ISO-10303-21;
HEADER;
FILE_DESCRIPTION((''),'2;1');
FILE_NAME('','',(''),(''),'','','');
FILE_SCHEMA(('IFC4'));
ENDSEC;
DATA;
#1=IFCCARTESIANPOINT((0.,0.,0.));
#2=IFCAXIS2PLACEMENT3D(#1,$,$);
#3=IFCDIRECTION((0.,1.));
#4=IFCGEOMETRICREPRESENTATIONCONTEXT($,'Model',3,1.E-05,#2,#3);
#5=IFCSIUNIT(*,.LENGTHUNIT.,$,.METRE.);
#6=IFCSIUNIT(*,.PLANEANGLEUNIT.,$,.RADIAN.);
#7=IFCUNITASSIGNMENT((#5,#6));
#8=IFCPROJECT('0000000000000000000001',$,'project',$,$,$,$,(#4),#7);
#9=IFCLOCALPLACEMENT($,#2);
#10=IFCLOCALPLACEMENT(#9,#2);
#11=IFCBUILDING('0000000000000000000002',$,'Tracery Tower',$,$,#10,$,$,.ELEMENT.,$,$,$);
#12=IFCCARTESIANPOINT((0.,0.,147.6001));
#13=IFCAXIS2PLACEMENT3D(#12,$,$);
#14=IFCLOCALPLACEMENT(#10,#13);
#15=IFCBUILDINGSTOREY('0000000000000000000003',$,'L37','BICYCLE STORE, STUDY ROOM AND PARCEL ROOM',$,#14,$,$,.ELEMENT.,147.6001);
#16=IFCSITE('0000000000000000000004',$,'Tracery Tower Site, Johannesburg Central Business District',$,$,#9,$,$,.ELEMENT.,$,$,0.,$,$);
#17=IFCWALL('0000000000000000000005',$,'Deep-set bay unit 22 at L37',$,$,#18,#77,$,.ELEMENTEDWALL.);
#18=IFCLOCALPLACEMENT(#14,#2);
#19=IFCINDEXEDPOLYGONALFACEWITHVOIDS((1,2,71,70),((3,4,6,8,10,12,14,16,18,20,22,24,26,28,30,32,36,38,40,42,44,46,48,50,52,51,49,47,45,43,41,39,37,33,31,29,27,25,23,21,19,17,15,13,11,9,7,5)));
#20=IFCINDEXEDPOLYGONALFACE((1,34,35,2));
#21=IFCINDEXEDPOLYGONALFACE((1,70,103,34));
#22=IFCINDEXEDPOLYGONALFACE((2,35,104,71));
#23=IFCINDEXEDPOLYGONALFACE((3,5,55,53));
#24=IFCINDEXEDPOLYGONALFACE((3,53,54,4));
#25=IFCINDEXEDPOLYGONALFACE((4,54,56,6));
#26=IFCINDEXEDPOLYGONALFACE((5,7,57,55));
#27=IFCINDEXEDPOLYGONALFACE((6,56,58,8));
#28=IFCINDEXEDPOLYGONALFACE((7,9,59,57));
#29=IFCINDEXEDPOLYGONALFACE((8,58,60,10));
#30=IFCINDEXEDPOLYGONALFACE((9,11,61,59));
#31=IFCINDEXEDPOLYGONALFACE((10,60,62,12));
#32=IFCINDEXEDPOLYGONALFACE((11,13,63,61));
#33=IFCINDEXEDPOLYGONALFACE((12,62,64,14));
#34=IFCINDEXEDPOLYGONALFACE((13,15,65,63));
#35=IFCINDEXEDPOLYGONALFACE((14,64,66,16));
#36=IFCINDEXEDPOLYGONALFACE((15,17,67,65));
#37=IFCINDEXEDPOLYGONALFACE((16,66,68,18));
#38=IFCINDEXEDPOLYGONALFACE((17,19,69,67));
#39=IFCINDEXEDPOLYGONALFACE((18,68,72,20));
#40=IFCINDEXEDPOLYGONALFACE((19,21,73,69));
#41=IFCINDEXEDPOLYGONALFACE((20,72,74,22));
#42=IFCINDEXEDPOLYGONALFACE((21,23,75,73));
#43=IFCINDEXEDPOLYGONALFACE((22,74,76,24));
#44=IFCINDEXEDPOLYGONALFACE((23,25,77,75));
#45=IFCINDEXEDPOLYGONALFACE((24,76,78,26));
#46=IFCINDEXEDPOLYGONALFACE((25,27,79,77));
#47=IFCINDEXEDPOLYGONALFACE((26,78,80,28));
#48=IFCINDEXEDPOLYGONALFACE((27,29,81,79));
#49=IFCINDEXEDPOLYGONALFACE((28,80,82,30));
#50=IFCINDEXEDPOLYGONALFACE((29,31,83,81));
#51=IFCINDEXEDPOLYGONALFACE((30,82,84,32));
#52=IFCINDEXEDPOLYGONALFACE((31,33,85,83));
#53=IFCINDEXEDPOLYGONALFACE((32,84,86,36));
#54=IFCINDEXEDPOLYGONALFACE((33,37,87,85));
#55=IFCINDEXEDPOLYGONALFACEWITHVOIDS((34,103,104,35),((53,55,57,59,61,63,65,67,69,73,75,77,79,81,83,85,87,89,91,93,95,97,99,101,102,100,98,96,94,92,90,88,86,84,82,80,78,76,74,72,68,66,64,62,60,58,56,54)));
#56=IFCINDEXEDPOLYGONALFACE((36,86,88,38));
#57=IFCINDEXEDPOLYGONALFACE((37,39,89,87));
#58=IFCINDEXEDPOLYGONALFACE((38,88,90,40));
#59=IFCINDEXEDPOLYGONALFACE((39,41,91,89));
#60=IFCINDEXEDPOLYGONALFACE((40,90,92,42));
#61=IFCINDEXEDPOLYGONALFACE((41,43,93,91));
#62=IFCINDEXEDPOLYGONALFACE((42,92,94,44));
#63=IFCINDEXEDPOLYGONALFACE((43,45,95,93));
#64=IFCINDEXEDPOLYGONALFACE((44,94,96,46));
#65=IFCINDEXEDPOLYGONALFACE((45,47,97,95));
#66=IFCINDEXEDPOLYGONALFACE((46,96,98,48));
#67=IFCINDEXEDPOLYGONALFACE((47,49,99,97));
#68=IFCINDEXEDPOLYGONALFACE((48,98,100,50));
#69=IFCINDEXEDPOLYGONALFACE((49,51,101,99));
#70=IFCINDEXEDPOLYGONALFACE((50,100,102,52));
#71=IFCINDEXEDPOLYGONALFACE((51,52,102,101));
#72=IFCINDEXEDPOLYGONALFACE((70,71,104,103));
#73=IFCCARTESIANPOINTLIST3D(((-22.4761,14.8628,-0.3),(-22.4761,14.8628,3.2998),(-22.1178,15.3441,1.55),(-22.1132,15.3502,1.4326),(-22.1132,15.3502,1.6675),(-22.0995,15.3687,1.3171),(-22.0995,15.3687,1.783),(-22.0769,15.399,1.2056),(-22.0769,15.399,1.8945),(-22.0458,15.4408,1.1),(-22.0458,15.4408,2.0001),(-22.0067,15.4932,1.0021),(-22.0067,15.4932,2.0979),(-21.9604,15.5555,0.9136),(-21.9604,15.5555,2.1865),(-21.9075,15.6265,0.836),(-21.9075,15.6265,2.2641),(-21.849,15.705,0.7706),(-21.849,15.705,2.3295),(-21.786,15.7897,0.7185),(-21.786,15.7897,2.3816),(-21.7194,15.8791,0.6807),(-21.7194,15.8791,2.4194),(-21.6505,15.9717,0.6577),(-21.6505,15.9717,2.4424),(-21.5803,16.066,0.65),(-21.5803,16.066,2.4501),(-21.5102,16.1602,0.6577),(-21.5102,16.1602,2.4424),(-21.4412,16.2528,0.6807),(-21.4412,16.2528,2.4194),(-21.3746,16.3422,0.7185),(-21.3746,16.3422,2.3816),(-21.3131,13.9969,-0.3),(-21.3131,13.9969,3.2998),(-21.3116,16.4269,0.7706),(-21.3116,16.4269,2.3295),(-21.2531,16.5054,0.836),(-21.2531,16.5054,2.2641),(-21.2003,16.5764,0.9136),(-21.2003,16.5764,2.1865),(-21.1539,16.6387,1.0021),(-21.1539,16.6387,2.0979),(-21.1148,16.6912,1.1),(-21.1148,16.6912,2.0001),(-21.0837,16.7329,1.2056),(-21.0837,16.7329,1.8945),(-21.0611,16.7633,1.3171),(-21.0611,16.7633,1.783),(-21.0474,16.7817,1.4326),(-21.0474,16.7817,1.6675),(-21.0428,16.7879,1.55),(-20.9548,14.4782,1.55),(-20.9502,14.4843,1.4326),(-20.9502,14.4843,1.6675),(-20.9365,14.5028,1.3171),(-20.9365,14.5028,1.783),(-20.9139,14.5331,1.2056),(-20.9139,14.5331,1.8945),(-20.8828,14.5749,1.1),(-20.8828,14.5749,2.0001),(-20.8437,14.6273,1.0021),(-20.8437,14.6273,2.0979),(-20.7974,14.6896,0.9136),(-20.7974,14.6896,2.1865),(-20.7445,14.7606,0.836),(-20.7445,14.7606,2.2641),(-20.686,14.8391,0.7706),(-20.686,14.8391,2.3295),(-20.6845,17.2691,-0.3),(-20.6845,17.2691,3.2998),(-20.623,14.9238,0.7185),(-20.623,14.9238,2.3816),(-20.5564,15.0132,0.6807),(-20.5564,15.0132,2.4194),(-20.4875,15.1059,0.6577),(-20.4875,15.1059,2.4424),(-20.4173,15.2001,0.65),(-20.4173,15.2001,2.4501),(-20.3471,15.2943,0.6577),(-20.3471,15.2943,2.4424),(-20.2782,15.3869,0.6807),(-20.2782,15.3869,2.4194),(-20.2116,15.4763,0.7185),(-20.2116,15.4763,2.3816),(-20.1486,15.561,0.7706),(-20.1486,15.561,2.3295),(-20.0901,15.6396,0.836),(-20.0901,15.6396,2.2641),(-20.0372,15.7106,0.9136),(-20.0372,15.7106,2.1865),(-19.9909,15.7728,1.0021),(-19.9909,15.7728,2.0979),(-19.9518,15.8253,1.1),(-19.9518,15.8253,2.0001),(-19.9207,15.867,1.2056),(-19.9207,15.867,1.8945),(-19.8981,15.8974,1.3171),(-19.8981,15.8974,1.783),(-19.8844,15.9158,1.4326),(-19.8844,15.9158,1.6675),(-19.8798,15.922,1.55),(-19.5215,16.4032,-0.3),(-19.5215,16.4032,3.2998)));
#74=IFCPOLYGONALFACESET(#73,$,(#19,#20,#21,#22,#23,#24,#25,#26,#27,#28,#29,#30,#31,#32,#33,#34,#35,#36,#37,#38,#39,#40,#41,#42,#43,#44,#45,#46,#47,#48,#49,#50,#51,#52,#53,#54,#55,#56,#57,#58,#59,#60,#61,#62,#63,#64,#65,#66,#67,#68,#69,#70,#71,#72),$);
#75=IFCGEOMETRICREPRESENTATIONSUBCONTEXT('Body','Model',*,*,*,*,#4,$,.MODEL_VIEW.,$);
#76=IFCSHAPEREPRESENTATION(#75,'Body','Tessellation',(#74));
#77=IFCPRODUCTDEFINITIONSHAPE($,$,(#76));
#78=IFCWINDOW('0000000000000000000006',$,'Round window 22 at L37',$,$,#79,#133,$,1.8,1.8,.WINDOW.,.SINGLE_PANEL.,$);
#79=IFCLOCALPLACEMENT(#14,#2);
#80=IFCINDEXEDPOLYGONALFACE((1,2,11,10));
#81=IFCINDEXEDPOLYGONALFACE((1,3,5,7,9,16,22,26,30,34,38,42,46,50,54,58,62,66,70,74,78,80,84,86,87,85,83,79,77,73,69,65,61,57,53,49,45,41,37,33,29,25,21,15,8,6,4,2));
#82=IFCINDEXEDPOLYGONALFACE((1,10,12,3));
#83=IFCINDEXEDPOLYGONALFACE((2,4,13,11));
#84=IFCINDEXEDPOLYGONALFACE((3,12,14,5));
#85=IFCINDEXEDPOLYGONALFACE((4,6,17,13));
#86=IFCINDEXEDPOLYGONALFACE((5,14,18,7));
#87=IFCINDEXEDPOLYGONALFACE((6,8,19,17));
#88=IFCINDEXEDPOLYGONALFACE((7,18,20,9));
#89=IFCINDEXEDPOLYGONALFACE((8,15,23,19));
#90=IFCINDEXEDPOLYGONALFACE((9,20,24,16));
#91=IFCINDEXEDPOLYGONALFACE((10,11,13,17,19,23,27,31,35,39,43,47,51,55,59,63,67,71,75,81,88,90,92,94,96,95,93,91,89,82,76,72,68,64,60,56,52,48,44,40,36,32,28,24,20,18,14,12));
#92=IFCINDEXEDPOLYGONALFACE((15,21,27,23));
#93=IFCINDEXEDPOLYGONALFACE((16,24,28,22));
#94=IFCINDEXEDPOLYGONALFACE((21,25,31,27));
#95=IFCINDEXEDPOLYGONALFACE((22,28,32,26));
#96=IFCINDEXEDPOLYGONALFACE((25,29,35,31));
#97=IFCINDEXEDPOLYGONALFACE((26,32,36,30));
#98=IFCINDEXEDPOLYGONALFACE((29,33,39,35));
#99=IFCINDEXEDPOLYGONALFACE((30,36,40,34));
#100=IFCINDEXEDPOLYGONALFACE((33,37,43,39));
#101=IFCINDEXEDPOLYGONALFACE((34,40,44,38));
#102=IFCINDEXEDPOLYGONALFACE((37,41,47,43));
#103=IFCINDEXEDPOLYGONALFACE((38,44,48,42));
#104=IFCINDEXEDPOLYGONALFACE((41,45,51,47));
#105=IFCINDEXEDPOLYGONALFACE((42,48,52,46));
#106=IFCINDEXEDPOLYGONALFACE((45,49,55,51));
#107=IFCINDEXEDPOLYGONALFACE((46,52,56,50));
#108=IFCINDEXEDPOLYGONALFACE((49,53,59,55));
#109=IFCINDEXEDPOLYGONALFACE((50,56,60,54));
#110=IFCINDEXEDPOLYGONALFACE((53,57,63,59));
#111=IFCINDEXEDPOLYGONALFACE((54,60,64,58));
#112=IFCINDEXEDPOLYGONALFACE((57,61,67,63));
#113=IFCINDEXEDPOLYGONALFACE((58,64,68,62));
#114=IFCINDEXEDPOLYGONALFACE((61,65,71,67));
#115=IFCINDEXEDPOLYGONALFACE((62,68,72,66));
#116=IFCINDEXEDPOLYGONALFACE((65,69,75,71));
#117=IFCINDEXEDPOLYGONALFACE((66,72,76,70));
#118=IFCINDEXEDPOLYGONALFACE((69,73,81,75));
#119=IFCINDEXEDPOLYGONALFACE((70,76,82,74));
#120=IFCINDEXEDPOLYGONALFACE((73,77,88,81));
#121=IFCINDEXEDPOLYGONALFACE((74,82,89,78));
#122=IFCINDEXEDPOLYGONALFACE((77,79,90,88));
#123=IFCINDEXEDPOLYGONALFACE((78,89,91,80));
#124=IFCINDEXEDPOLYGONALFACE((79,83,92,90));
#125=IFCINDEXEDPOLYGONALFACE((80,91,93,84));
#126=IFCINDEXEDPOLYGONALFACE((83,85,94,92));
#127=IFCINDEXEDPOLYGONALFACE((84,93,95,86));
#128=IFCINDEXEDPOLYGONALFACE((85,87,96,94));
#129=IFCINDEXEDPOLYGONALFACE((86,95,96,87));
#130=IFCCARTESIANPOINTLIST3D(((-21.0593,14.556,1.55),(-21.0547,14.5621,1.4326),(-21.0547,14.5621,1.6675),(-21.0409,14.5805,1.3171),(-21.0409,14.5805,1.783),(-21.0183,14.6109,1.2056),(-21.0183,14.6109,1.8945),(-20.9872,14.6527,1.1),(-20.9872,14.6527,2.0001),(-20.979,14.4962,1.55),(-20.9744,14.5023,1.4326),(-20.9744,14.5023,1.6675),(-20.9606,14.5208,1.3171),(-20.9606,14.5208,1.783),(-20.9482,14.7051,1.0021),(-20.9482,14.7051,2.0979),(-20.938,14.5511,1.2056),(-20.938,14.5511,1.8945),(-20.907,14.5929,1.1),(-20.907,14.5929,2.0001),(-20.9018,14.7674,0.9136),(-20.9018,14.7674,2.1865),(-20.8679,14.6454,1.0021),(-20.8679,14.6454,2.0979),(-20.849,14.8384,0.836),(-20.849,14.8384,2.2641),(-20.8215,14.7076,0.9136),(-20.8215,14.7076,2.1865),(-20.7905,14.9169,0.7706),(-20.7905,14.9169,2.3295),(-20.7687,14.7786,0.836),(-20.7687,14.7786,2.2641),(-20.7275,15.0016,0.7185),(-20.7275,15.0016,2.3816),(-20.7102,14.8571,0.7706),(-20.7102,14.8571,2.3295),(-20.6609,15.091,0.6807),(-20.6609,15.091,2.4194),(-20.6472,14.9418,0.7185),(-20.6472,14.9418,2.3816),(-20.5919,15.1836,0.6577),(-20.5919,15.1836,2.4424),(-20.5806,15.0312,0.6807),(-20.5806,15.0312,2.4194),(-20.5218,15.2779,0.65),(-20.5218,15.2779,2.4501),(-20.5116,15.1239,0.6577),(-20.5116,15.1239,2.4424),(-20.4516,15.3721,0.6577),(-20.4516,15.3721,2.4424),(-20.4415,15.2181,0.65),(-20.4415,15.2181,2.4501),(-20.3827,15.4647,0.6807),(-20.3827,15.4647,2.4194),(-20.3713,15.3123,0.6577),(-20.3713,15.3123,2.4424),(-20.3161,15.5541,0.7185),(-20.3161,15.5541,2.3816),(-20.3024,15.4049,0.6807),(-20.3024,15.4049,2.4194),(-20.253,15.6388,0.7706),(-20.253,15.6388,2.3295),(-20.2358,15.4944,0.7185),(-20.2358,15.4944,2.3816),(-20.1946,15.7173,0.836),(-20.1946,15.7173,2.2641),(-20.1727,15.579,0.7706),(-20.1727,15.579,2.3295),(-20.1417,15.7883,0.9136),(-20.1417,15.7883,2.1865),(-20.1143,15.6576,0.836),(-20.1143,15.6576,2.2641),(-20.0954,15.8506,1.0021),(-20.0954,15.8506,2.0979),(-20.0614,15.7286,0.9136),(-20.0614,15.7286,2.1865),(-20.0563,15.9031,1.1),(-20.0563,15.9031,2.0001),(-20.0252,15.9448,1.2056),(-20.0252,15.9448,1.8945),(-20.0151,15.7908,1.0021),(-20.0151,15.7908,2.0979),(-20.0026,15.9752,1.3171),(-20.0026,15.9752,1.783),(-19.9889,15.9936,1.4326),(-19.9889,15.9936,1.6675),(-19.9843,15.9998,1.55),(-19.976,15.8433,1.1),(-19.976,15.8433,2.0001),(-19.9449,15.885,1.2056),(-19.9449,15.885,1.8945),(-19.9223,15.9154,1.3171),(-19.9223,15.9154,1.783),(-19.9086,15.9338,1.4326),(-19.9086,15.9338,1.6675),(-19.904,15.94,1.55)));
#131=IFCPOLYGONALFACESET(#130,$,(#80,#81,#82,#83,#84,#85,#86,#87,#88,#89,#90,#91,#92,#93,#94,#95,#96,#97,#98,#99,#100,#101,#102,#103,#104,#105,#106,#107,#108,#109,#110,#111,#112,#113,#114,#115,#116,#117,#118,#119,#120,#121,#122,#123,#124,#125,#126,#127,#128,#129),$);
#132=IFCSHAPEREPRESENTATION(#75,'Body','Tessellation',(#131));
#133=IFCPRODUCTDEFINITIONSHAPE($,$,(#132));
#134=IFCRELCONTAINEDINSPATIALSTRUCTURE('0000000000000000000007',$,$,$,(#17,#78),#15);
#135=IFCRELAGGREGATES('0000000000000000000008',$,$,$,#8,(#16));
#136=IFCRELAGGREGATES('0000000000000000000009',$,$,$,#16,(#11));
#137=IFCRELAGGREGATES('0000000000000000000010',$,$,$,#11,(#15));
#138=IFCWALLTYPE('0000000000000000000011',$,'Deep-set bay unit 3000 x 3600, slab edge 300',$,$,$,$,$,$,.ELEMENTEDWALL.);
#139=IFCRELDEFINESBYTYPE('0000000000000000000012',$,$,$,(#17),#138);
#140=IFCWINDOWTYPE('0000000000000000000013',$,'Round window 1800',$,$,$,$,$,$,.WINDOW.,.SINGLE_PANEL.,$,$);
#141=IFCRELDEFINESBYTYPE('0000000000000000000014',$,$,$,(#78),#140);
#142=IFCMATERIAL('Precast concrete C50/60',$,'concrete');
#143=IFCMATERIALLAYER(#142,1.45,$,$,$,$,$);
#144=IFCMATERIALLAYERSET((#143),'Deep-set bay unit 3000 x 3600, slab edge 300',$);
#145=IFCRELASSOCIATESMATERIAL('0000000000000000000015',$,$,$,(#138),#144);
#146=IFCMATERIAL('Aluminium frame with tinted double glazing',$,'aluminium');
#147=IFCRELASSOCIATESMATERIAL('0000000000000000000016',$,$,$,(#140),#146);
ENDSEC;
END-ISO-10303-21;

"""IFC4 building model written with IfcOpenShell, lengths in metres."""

from ifc_helpers import new_model, si_unit, direction, frame, frame_2d, origin, origin_2d, place, context, subcontext, project, spatial, rectangle, circle, extrude, material, layer, layer_set, type_object, element, fill, save


model = new_model("IFC4")

# Units and contexts
model_context = context("Model", 3, precision=1e-05, world=origin(), true_north=direction((0.0, 1.0)))
body_context = subcontext(model_context, "Body", "Model", "MODEL_VIEW")
ifc_project = project(units=[si_unit("LENGTHUNIT", "METRE"), si_unit("PLANEANGLEUNIT", "RADIAN")], contexts=[model_context])

# Site, building, storey
site_placement = place(None, origin())
site = spatial("IfcSite", under=ifc_project, at=site_placement, Name="Tracery Tower Site, Johannesburg Central Business District", CompositionType="ELEMENT", RefElevation=0.0)
building_placement = place(site_placement, origin())
building = spatial("IfcBuilding", under=site, at=building_placement, Name="Tracery Tower", CompositionType="ELEMENT")
storey_placement = place(building_placement, frame((0.0, 0.0, 147.6001)))
storey = spatial("IfcBuildingStorey", under=building, at=storey_placement, Name="L37", Description="BICYCLE STORE, STUDY ROOM AND PARCEL ROOM", CompositionType="ELEMENT", Elevation=147.6001)

# Wall, opening, window
ifc_material_1 = material(Name="Precast concrete C50/60", Category="concrete")
ifc_layer_1 = layer(ifc_material_1, 1.45)
ifc_layer_set_1 = layer_set([ifc_layer_1], Name="Deep-set bay unit 3000 x 3600, slab edge 300")
wall_type_1 = type_object("IfcWallType", Name="Deep-set bay unit 3000 x 3600, slab edge 300", PredefinedType="ELEMENTEDWALL", material=ifc_layer_set_1)
ifc_material_2 = material(Name="Aluminium frame with tinted double glazing", Category="aluminium")
window_type = type_object("IfcWindowType", Name="Round window 1800", PartitioningType="SINGLE_PANEL", PredefinedType="WINDOW", material=ifc_material_2)
wall_1_placement = place(storey_placement, frame((-20.103, 16.8362, -0.3), z_axis=(0.0, 0.0, 1.0), x_axis=(-0.597184, -0.802104, 0.0)))
wall_1 = element("IfcWall", 1, at=wall_1_placement, inside=storey, type_object=wall_type_1, Name="Deep-set bay unit 22 at L37", PredefinedType="ELEMENTEDWALL", context=body_context, shape_type="SweptSolid", body=[
    extrude(rectangle(XDim=3.0, YDim=1.45, at=frame_2d((1.5, 0.0))), origin(), (0.0, 0.0, 1.0), 3.5999),
])
opening_1_placement = place(wall_1_placement, frame((1.5, 0.0, 1.8501)))
opening_1 = element("IfcOpeningElement", 2, at=opening_1_placement, cuts=wall_1, PredefinedType="OPENING", context=body_context, shape_type="SweptSolid", body=[
    extrude(circle(Radius=0.9, at=origin_2d()), frame((0.0, 0.7349, 0.0), z_axis=(0.0, -1.0, 0.0), x_axis=(1.0, 0.0, 0.0)), (0.0, 0.0, 1.0), 1.47),
])
window_1_placement = place(opening_1_placement, origin())
window_1 = element("IfcWindow", 3, at=window_1_placement, inside=storey, type_object=window_type, Name="Round window 22 at L37", OverallHeight=1.8, OverallWidth=1.8, PartitioningType="SINGLE_PANEL", PredefinedType="WINDOW", context=body_context, shape_type="SweptSolid", body=[
    extrude(circle(Radius=0.9, at=origin_2d()), frame((0.0, 0.6948, 0.0), z_axis=(0.0, -1.0, 0.0), x_axis=(1.0, 0.0, 0.0)), (0.0, 0.0, 1.0), 0.1001),
])
fill(opening_1, window_1)

save(model, "model.ifc")
